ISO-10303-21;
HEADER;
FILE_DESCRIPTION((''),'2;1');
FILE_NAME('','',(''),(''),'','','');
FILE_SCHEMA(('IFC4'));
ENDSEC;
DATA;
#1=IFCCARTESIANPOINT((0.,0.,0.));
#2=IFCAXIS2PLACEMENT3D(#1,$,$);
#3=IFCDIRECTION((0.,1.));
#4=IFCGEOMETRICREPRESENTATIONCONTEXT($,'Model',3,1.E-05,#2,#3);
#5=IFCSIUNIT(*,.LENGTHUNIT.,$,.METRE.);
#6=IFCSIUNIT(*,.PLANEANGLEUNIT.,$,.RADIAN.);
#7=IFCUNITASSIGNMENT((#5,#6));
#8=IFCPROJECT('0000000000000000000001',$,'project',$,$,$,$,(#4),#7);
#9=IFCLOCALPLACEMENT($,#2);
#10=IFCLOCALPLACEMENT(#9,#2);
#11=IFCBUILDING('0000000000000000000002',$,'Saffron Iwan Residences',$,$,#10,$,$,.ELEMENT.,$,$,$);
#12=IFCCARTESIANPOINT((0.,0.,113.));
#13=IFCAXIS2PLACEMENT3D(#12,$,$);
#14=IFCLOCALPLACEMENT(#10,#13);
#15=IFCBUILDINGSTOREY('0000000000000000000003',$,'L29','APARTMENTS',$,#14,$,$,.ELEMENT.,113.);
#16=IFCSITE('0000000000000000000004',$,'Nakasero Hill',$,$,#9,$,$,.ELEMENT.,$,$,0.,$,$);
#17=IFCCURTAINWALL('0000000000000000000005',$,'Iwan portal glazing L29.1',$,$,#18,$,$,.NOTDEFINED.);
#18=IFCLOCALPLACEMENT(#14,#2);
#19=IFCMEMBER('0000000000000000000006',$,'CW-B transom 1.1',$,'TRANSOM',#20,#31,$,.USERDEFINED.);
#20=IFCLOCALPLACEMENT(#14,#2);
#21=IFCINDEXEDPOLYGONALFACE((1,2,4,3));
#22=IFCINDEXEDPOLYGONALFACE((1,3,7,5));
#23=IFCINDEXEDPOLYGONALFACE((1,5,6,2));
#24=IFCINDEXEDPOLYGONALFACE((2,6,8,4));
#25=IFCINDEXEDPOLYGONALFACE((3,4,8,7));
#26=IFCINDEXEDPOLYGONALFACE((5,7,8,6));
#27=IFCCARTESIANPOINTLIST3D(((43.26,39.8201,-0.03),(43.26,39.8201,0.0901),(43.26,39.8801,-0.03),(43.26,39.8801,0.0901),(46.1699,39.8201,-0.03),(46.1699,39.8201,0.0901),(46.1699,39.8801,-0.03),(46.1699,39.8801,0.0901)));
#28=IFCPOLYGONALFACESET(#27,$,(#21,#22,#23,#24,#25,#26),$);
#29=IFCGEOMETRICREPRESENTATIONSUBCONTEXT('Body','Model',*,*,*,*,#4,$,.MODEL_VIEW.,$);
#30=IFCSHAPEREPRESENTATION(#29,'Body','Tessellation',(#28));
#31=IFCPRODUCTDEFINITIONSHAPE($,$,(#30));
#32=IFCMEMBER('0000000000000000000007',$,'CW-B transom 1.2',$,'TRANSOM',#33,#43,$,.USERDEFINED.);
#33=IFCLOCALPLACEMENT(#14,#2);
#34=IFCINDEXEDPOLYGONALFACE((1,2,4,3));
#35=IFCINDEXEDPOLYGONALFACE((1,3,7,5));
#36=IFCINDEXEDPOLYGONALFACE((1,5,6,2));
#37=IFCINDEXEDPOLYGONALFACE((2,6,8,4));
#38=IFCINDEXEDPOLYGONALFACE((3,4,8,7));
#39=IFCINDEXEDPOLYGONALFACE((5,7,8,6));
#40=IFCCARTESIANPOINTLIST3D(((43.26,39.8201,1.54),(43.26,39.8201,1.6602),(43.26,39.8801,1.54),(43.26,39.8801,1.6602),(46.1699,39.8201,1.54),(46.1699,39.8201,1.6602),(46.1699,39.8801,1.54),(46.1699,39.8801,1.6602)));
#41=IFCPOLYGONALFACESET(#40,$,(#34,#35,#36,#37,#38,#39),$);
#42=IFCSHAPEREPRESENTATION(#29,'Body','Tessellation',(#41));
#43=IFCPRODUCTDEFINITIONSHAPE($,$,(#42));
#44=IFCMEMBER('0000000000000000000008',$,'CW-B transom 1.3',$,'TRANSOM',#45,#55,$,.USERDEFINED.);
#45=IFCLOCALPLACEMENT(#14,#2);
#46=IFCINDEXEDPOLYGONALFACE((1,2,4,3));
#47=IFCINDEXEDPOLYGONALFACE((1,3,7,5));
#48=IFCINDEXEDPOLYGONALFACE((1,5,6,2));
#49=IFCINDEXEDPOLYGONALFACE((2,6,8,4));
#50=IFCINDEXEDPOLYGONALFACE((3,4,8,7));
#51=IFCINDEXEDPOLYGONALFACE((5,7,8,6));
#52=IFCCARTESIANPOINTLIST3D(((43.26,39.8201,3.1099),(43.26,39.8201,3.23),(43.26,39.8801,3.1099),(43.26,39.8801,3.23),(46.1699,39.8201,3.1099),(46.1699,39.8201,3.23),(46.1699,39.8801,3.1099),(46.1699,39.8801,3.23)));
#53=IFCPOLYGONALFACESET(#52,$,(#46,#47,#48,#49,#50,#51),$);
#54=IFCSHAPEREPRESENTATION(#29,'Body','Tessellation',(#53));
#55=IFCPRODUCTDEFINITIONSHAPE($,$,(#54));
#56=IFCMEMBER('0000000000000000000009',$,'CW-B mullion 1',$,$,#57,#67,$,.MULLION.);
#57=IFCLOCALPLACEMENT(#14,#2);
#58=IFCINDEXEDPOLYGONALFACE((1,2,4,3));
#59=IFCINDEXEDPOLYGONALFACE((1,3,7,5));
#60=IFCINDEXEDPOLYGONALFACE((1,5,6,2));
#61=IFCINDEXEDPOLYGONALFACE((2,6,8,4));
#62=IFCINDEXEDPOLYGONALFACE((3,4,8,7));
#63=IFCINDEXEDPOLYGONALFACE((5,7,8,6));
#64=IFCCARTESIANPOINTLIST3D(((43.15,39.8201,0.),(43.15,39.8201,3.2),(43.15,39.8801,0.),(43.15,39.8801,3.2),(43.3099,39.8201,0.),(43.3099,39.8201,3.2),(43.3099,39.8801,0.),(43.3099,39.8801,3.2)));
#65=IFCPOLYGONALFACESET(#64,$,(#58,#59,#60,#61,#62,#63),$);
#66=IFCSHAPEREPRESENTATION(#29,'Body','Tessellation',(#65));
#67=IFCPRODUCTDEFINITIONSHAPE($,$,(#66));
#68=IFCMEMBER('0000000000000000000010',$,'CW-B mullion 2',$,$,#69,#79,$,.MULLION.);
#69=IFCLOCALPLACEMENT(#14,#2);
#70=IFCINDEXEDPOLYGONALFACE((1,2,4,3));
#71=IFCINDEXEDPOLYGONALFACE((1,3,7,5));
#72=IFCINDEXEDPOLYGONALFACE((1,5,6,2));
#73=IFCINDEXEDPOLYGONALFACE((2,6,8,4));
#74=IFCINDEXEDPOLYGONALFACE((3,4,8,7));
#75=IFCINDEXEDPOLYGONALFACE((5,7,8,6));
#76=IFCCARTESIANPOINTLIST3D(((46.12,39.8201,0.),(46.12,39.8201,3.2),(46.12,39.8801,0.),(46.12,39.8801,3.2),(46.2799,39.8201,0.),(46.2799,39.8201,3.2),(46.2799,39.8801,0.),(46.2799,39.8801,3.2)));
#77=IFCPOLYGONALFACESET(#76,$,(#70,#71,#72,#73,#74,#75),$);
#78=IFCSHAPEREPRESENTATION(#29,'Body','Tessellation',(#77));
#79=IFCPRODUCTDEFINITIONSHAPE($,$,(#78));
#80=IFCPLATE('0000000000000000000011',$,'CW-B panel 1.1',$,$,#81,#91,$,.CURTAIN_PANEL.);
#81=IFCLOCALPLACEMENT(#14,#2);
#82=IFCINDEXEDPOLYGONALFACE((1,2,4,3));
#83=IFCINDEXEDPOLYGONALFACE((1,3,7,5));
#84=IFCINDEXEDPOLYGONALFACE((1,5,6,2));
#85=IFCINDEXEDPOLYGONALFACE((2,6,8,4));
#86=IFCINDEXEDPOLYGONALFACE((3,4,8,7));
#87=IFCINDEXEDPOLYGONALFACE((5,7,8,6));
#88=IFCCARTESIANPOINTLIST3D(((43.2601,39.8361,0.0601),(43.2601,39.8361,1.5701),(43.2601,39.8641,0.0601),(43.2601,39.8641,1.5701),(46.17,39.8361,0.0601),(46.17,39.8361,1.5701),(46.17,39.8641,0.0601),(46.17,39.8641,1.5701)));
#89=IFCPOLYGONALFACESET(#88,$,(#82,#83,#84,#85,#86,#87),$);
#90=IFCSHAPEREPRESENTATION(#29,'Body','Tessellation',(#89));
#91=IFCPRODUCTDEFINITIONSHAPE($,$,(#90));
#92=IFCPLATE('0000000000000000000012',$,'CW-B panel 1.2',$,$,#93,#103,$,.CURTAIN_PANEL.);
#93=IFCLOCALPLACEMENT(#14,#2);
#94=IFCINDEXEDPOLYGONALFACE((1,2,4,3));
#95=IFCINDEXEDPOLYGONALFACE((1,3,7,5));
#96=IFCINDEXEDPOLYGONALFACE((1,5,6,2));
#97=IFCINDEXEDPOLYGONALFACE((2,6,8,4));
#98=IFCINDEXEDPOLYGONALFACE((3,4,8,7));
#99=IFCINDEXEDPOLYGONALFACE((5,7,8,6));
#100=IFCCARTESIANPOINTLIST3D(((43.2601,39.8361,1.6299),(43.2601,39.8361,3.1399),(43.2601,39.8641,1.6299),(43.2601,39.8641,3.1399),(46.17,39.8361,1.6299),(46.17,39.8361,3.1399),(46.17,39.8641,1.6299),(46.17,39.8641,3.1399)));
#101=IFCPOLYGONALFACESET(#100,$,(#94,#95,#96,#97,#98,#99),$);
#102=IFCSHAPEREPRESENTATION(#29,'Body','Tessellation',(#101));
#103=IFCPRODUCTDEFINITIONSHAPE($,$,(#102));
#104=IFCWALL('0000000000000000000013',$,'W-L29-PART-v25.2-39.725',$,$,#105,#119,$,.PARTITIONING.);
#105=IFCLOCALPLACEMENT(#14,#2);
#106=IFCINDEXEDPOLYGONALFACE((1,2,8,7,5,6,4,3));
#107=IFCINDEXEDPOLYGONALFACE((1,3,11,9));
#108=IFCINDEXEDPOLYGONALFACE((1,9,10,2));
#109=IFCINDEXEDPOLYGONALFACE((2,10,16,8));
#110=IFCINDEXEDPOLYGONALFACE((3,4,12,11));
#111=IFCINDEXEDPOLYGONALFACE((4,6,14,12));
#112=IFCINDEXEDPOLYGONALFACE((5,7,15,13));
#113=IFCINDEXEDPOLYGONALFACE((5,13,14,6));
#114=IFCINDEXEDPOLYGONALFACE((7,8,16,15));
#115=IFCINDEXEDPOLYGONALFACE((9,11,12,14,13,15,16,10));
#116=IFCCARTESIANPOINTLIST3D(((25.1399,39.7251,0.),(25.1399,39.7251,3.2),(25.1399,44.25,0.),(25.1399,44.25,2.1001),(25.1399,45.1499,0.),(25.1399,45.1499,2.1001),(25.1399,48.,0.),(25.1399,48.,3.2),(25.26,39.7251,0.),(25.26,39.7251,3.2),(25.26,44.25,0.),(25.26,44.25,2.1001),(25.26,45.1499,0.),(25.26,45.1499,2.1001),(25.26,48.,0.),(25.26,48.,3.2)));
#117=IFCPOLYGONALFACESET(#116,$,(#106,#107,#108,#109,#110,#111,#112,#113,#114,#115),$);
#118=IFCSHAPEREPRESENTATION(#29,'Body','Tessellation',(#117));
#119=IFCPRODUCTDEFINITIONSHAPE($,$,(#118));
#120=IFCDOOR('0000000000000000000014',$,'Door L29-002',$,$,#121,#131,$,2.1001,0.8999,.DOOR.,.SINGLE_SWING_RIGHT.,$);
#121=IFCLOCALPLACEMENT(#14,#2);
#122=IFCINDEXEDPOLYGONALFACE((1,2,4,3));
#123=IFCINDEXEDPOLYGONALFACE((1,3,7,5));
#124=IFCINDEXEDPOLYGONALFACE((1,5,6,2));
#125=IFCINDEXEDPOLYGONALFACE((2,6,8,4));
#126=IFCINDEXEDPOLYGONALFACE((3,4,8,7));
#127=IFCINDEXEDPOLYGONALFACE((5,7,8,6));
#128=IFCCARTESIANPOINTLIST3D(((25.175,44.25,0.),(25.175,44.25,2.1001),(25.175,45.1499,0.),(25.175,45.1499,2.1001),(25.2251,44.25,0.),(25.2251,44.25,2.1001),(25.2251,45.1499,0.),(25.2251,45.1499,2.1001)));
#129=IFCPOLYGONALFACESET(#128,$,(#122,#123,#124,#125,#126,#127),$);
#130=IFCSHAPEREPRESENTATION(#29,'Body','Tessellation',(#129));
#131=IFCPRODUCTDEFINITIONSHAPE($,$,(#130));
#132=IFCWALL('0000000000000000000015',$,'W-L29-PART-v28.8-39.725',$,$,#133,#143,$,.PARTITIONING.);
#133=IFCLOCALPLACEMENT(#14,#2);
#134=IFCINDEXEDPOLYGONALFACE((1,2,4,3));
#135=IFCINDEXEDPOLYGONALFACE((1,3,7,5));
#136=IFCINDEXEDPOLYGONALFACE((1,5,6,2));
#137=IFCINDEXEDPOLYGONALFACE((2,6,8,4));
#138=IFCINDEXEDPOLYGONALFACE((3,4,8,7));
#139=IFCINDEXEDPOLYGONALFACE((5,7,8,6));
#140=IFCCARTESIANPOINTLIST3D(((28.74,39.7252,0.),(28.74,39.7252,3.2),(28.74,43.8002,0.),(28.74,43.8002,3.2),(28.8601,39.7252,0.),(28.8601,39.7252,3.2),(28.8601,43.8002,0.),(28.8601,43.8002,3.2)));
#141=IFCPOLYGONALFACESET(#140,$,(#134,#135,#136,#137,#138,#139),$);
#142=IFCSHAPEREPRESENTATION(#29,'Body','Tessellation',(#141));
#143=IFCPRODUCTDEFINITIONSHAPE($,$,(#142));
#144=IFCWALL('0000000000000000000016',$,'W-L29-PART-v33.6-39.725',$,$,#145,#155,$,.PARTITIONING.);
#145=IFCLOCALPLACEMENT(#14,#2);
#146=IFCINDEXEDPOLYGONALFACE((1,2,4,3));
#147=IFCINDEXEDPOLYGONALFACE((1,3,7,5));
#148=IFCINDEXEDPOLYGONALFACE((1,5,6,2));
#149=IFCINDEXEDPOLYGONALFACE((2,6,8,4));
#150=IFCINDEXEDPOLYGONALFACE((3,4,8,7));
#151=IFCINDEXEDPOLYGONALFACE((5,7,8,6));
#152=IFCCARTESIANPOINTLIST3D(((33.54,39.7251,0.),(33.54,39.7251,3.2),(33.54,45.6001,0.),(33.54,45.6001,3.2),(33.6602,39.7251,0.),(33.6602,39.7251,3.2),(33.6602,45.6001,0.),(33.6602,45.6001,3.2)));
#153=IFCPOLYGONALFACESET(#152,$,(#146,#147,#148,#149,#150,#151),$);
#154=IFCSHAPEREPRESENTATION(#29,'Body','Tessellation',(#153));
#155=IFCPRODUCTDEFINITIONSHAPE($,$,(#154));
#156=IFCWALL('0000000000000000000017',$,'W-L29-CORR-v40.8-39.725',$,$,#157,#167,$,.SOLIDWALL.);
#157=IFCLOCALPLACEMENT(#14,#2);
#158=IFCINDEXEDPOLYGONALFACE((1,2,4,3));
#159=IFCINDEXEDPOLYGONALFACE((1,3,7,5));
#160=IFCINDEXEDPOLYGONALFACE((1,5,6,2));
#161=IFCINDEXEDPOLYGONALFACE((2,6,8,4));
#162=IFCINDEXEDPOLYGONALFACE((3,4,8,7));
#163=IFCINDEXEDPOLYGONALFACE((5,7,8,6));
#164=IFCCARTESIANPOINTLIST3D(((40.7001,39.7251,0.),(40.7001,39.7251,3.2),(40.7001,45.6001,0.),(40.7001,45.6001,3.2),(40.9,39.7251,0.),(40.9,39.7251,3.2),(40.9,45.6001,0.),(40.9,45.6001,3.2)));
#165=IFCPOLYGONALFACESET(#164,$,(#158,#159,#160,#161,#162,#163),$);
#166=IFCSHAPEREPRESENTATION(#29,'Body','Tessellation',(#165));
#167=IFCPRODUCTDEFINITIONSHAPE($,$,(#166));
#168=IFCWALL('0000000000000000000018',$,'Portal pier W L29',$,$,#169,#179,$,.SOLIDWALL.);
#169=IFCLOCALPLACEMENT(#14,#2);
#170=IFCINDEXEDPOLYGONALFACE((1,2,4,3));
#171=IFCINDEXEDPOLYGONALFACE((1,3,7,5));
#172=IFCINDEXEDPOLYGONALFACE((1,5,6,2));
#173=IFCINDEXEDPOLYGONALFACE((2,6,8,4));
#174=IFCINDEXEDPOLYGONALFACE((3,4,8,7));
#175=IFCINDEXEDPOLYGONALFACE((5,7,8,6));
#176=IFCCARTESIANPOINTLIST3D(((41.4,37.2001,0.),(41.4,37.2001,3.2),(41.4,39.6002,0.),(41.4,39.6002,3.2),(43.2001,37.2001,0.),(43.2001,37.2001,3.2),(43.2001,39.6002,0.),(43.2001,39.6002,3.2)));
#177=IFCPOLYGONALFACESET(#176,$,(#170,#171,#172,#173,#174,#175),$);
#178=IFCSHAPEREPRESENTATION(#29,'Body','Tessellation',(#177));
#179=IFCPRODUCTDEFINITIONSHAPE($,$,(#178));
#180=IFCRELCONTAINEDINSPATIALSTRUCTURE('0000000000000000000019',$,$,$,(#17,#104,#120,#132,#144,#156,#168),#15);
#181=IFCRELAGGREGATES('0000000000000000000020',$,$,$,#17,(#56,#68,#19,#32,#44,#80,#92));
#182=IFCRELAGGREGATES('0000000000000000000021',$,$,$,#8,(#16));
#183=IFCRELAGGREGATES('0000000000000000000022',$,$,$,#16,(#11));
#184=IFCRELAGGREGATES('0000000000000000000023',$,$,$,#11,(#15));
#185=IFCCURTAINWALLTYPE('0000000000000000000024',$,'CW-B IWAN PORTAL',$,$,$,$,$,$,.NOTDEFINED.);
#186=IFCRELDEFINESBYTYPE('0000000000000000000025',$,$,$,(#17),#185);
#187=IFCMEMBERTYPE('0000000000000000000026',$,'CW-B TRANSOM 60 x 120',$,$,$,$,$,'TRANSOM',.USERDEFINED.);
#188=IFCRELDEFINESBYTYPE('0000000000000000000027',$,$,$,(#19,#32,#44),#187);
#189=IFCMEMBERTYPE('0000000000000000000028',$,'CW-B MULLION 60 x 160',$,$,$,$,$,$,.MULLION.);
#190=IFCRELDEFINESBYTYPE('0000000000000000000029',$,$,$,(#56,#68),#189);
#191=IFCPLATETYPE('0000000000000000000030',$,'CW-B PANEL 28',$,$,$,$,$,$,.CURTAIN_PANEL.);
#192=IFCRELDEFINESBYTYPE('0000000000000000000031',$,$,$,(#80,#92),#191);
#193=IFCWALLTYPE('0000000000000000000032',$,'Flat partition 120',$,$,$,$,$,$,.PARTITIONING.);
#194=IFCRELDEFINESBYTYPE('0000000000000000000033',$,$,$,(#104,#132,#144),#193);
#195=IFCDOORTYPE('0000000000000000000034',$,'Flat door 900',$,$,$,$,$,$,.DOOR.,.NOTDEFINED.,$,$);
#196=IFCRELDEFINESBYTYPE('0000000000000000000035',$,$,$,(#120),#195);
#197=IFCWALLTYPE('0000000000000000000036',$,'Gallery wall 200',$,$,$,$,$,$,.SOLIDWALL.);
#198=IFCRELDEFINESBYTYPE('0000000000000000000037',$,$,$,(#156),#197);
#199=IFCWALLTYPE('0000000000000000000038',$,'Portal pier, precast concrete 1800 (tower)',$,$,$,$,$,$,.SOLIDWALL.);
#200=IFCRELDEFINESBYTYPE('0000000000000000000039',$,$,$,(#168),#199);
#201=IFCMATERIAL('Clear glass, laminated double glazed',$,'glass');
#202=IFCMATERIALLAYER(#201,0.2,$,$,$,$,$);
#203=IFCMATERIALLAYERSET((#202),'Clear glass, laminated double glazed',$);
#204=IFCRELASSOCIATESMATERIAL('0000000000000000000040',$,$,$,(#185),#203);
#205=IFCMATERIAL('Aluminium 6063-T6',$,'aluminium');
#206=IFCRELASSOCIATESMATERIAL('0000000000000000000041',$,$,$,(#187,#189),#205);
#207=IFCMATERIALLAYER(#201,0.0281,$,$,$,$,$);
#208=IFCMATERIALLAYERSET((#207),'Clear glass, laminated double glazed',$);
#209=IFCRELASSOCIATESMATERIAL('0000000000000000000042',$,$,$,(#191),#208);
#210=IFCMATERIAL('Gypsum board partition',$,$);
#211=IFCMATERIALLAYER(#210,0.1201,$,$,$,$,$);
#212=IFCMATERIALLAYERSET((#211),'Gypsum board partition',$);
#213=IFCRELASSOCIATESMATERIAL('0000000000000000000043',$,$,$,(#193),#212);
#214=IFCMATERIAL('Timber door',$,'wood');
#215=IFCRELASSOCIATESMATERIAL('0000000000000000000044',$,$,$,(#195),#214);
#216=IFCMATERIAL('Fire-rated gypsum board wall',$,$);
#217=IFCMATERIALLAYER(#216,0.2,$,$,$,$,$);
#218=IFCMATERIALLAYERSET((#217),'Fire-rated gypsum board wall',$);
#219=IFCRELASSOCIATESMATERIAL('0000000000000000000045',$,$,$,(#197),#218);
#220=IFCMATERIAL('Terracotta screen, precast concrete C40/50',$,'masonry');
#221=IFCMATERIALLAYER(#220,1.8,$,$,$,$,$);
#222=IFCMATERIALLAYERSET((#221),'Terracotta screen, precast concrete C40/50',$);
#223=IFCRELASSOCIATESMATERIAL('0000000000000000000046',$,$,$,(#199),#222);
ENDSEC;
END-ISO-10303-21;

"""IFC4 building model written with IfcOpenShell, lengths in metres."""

from ifc_helpers import new_model, si_unit, direction, frame, frame_2d, origin, origin_2d, place, context, subcontext, project, spatial, rectangle, extrude, source, transform, mapped, material, layer, layer_set, material_profile, profile_set, type_object, element, fill, aggregate, save


model = new_model("IFC4")

# Units and contexts
model_context = context("Model", 3, precision=1e-05, world=origin(), true_north=direction((0.0, 1.0)))
body_context = subcontext(model_context, "Body", "Model", "MODEL_VIEW")
ifc_project = project(units=[si_unit("LENGTHUNIT", "METRE"), si_unit("PLANEANGLEUNIT", "RADIAN")], contexts=[model_context])

# Site, building, storey
site_placement = place(None, origin())
site = spatial("IfcSite", under=ifc_project, at=site_placement, Name="Nakasero Hill", CompositionType="ELEMENT", RefElevation=0.0)
building_placement = place(site_placement, origin())
building = spatial("IfcBuilding", under=site, at=building_placement, Name="Saffron Iwan Residences", CompositionType="ELEMENT")
storey_placement = place(building_placement, frame((0.0, 0.0, 113.0)))
storey = spatial("IfcBuildingStorey", under=building, at=storey_placement, Name="L29", Description="APARTMENTS", CompositionType="ELEMENT", Elevation=113.0)

# Curtain wall, members, plates
ifc_material_1 = material(Name="Clear glass, laminated double glazed", Category="glass")
ifc_layer_1 = layer(ifc_material_1, 0.2)
ifc_layer_set_1 = layer_set([ifc_layer_1], Name="Clear glass, laminated double glazed")
curtain_wall_type = type_object("IfcCurtainWallType", Name="CW-B IWAN PORTAL", PredefinedType="NOTDEFINED", material=ifc_layer_set_1)
curtain_wall_placement = place(storey_placement, origin())
curtain_wall = element("IfcCurtainWall", 1, at=curtain_wall_placement, inside=storey, type_object=curtain_wall_type, Name="Iwan portal glazing L29.1", PredefinedType="NOTDEFINED")
ifc_material_2 = material(Name="Aluminium 6063-T6", Category="aluminium")
ifc_material_profile_1 = material_profile(ifc_material_2, rectangle(XDim=0.0601, YDim=0.1201, at=origin_2d()), Name="CW-B TRANSOM 60 x 120")
ifc_profile_set_1 = profile_set([ifc_material_profile_1], Name="Aluminium 6063-T6")
member_type_1 = type_object("IfcMemberType", Name="CW-B TRANSOM 60 x 120", ElementType="TRANSOM", PredefinedType="USERDEFINED", material=ifc_profile_set_1)
shared_shape_1 = source(origin(), body_context, "Body", "SweptSolid", [
    extrude(rectangle(XDim=0.0601, YDim=0.1201, at=origin_2d()), origin(), (0.0, 0.0, 1.0), 2.9099),
])
member_1_placement = place(storey_placement, frame((43.26, 39.8501, 0.03), z_axis=(1.0, 0.0, 0.0), x_axis=(0.0, 1.0, 0.0)))
member_1 = element("IfcMember", 2, at=member_1_placement, type_object=member_type_1, Name="CW-B transom 1.1", ObjectType="TRANSOM", PredefinedType="USERDEFINED", context=body_context, shape_type="MappedRepresentation", body=[
    mapped(shared_shape_1, transform((0.0, 0.0, 0.0))),
])
member_2_placement = place(storey_placement, frame((43.26, 39.8501, 1.6001), z_axis=(1.0, 0.0, 0.0), x_axis=(0.0, 1.0, 0.0)))
member_2 = element("IfcMember", 3, at=member_2_placement, type_object=member_type_1, Name="CW-B transom 1.2", ObjectType="TRANSOM", PredefinedType="USERDEFINED", context=body_context, shape_type="MappedRepresentation", body=[
    mapped(shared_shape_1, transform((0.0, 0.0, 0.0))),
])
member_3_placement = place(storey_placement, frame((43.26, 39.8501, 3.1699), z_axis=(1.0, 0.0, 0.0), x_axis=(0.0, 1.0, 0.0)))
member_3 = element("IfcMember", 4, at=member_3_placement, type_object=member_type_1, Name="CW-B transom 1.3", ObjectType="TRANSOM", PredefinedType="USERDEFINED", context=body_context, shape_type="MappedRepresentation", body=[
    mapped(shared_shape_1, transform((0.0, 0.0, 0.0))),
])
ifc_material_profile_2 = material_profile(ifc_material_2, rectangle(XDim=0.0601, YDim=0.1599, at=origin_2d()), Name="CW-B MULLION 60 x 160")
ifc_profile_set_2 = profile_set([ifc_material_profile_2], Name="Aluminium 6063-T6")
member_type_2 = type_object("IfcMemberType", Name="CW-B MULLION 60 x 160", PredefinedType="MULLION", material=ifc_profile_set_2)
shared_shape_2 = source(origin(), body_context, "Body", "SweptSolid", [
    extrude(rectangle(XDim=0.0601, YDim=0.1599, at=origin_2d()), origin(), (0.0, 0.0, 1.0), 3.2),
])
member_4_placement = place(storey_placement, frame((43.23, 39.8501, 0.0), z_axis=(0.0, 0.0, 1.0), x_axis=(0.0, 1.0, 0.0)))
member_4 = element("IfcMember", 5, at=member_4_placement, type_object=member_type_2, Name="CW-B mullion 1", PredefinedType="MULLION", context=body_context, shape_type="MappedRepresentation", body=[
    mapped(shared_shape_2, transform((0.0, 0.0, 0.0))),
])
member_5_placement = place(storey_placement, frame((46.2, 39.8501, 0.0), z_axis=(0.0, 0.0, 1.0), x_axis=(0.0, 1.0, 0.0)))
member_5 = element("IfcMember", 6, at=member_5_placement, type_object=member_type_2, Name="CW-B mullion 2", PredefinedType="MULLION", context=body_context, shape_type="MappedRepresentation", body=[
    mapped(shared_shape_2, transform((0.0, 0.0, 0.0))),
])
ifc_layer_2 = layer(ifc_material_1, 0.0281)
ifc_layer_set_2 = layer_set([ifc_layer_2], Name="Clear glass, laminated double glazed")
plate_type = type_object("IfcPlateType", Name="CW-B PANEL 28", PredefinedType="CURTAIN_PANEL", material=ifc_layer_set_2)
shared_shape_3 = source(origin(), body_context, "Body", "SweptSolid", [
    extrude(rectangle(XDim=2.9099, YDim=0.0281, at=origin_2d()), origin(), (0.0, 0.0, 1.0), 1.51),
])
plate_1_placement = place(storey_placement, frame((44.7151, 39.8501, 0.0601), z_axis=(0.0, 0.0, 1.0), x_axis=(1.0, 0.0, 0.0)))
plate_1 = element("IfcPlate", 7, at=plate_1_placement, type_object=plate_type, Name="CW-B panel 1.1", PredefinedType="CURTAIN_PANEL", context=body_context, shape_type="MappedRepresentation", body=[
    mapped(shared_shape_3, transform((0.0, 0.0, 0.0))),
])
plate_2_placement = place(storey_placement, frame((44.7151, 39.8501, 1.6299), z_axis=(0.0, 0.0, 1.0), x_axis=(1.0, 0.0, 0.0)))
plate_2 = element("IfcPlate", 8, at=plate_2_placement, type_object=plate_type, Name="CW-B panel 1.2", PredefinedType="CURTAIN_PANEL", context=body_context, shape_type="MappedRepresentation", body=[
    mapped(shared_shape_3, transform((0.0, 0.0, 0.0))),
])
aggregate(curtain_wall, [member_4, member_5, member_1, member_2, member_3, plate_1, plate_2])

# Wall, opening, door
ifc_material_3 = material(Name="Gypsum board partition")
ifc_layer_3 = layer(ifc_material_3, 0.1201)
ifc_layer_set_3 = layer_set([ifc_layer_3], Name="Gypsum board partition")
wall_type_1 = type_object("IfcWallType", Name="Flat partition 120", PredefinedType="PARTITIONING", material=ifc_layer_set_3)
wall_1_placement = place(storey_placement, frame((25.2, 39.7251, 0.0), z_axis=(0.0, 0.0, 1.0), x_axis=(0.0, 1.0, 0.0)))
wall_1 = element("IfcWall", 9, at=wall_1_placement, inside=storey, type_object=wall_type_1, Name="W-L29-PART-v25.2-39.725", PredefinedType="PARTITIONING", context=body_context, shape_type="SweptSolid", body=[
    extrude(rectangle(XDim=8.2749, YDim=0.1201, at=frame_2d((4.1375, 0.0))), origin(), (0.0, 0.0, 1.0), 3.2),
])
opening_placement = place(wall_1_placement, frame((4.5249, 0.0, 0.0)))
opening = element("IfcOpeningElement", 10, at=opening_placement, cuts=wall_1, PredefinedType="OPENING", context=body_context, shape_type="SweptSolid", body=[
    extrude(rectangle(XDim=0.8999, YDim=2.1001, at=frame_2d((0.45, 1.05))), frame((0.0, 0.0701, 0.0), z_axis=(0.0, -1.0, 0.0), x_axis=(1.0, 0.0, 0.0)), (0.0, 0.0, 1.0), 0.1401),
])
ifc_material_4 = material(Name="Timber door", Category="wood")
door_type = type_object("IfcDoorType", Name="Flat door 900", OperationType="NOTDEFINED", PredefinedType="DOOR", material=ifc_material_4)
door_placement = place(opening_placement, origin())
door = element("IfcDoor", 11, at=door_placement, inside=storey, type_object=door_type, Name="Door L29-002", OperationType="SINGLE_SWING_RIGHT", OverallHeight=2.1001, OverallWidth=0.8999, PredefinedType="DOOR", context=body_context, shape_type="SweptSolid", body=[
    extrude(rectangle(XDim=0.8999, YDim=2.1001, at=frame_2d((0.45, 1.05))), frame((0.0, 0.0249, 0.0), z_axis=(0.0, -1.0, 0.0), x_axis=(1.0, 0.0, 0.0)), (0.0, 0.0, 1.0), 0.05),
])
fill(opening, door)

# Walls
wall_2_placement = place(storey_placement, frame((28.8, 39.7251, 0.0), z_axis=(0.0, 0.0, 1.0), x_axis=(0.0, 1.0, 0.0)))
element("IfcWall", 12, at=wall_2_placement, inside=storey, type_object=wall_type_1, Name="W-L29-PART-v28.8-39.725", PredefinedType="PARTITIONING", context=body_context, shape_type="SweptSolid", body=[
    extrude(rectangle(XDim=4.075, YDim=0.1201, at=frame_2d((2.0376, 0.0))), origin(), (0.0, 0.0, 1.0), 3.2),
])
wall_3_placement = place(storey_placement, frame((33.6001, 39.7251, 0.0), z_axis=(0.0, 0.0, 1.0), x_axis=(0.0, 1.0, 0.0)))
element("IfcWall", 13, at=wall_3_placement, inside=storey, type_object=wall_type_1, Name="W-L29-PART-v33.6-39.725", PredefinedType="PARTITIONING", context=body_context, shape_type="SweptSolid", body=[
    extrude(rectangle(XDim=5.875, YDim=0.1201, at=frame_2d((2.9375, 0.0))), origin(), (0.0, 0.0, 1.0), 3.2),
])
ifc_material_5 = material(Name="Fire-rated gypsum board wall")
ifc_layer_4 = layer(ifc_material_5, 0.2)
ifc_layer_set_4 = layer_set([ifc_layer_4], Name="Fire-rated gypsum board wall")
wall_type_2 = type_object("IfcWallType", Name="Gallery wall 200", PredefinedType="SOLIDWALL", material=ifc_layer_set_4)
wall_4_placement = place(storey_placement, frame((40.8, 39.7251, 0.0), z_axis=(0.0, 0.0, 1.0), x_axis=(0.0, 1.0, 0.0)))
element("IfcWall", 14, at=wall_4_placement, inside=storey, type_object=wall_type_2, Name="W-L29-CORR-v40.8-39.725", PredefinedType="SOLIDWALL", context=body_context, shape_type="SweptSolid", body=[
    extrude(rectangle(XDim=5.875, YDim=0.2, at=frame_2d((2.9375, 0.0))), origin(), (0.0, 0.0, 1.0), 3.2),
])
ifc_material_6 = material(Name="Terracotta screen, precast concrete C40/50", Category="masonry")
ifc_layer_5 = layer(ifc_material_6, 1.8)
ifc_layer_set_5 = layer_set([ifc_layer_5], Name="Terracotta screen, precast concrete C40/50")
wall_type_3 = type_object("IfcWallType", Name="Portal pier, precast concrete 1800 (tower)", PredefinedType="SOLIDWALL", material=ifc_layer_set_5)
wall_5_placement = place(storey_placement, frame((42.3, 37.2, 0.0), z_axis=(0.0, 0.0, 1.0), x_axis=(0.0, 1.0, 0.0)))
element("IfcWall", 15, at=wall_5_placement, inside=storey, type_object=wall_type_3, Name="Portal pier W L29", PredefinedType="SOLIDWALL", context=body_context, shape_type="SweptSolid", body=[
    extrude(rectangle(XDim=2.4001, YDim=1.8, at=frame_2d((1.2002, 0.0))), origin(), (0.0, 0.0, 1.0), 3.2),
])

save(model, "model.ifc")
